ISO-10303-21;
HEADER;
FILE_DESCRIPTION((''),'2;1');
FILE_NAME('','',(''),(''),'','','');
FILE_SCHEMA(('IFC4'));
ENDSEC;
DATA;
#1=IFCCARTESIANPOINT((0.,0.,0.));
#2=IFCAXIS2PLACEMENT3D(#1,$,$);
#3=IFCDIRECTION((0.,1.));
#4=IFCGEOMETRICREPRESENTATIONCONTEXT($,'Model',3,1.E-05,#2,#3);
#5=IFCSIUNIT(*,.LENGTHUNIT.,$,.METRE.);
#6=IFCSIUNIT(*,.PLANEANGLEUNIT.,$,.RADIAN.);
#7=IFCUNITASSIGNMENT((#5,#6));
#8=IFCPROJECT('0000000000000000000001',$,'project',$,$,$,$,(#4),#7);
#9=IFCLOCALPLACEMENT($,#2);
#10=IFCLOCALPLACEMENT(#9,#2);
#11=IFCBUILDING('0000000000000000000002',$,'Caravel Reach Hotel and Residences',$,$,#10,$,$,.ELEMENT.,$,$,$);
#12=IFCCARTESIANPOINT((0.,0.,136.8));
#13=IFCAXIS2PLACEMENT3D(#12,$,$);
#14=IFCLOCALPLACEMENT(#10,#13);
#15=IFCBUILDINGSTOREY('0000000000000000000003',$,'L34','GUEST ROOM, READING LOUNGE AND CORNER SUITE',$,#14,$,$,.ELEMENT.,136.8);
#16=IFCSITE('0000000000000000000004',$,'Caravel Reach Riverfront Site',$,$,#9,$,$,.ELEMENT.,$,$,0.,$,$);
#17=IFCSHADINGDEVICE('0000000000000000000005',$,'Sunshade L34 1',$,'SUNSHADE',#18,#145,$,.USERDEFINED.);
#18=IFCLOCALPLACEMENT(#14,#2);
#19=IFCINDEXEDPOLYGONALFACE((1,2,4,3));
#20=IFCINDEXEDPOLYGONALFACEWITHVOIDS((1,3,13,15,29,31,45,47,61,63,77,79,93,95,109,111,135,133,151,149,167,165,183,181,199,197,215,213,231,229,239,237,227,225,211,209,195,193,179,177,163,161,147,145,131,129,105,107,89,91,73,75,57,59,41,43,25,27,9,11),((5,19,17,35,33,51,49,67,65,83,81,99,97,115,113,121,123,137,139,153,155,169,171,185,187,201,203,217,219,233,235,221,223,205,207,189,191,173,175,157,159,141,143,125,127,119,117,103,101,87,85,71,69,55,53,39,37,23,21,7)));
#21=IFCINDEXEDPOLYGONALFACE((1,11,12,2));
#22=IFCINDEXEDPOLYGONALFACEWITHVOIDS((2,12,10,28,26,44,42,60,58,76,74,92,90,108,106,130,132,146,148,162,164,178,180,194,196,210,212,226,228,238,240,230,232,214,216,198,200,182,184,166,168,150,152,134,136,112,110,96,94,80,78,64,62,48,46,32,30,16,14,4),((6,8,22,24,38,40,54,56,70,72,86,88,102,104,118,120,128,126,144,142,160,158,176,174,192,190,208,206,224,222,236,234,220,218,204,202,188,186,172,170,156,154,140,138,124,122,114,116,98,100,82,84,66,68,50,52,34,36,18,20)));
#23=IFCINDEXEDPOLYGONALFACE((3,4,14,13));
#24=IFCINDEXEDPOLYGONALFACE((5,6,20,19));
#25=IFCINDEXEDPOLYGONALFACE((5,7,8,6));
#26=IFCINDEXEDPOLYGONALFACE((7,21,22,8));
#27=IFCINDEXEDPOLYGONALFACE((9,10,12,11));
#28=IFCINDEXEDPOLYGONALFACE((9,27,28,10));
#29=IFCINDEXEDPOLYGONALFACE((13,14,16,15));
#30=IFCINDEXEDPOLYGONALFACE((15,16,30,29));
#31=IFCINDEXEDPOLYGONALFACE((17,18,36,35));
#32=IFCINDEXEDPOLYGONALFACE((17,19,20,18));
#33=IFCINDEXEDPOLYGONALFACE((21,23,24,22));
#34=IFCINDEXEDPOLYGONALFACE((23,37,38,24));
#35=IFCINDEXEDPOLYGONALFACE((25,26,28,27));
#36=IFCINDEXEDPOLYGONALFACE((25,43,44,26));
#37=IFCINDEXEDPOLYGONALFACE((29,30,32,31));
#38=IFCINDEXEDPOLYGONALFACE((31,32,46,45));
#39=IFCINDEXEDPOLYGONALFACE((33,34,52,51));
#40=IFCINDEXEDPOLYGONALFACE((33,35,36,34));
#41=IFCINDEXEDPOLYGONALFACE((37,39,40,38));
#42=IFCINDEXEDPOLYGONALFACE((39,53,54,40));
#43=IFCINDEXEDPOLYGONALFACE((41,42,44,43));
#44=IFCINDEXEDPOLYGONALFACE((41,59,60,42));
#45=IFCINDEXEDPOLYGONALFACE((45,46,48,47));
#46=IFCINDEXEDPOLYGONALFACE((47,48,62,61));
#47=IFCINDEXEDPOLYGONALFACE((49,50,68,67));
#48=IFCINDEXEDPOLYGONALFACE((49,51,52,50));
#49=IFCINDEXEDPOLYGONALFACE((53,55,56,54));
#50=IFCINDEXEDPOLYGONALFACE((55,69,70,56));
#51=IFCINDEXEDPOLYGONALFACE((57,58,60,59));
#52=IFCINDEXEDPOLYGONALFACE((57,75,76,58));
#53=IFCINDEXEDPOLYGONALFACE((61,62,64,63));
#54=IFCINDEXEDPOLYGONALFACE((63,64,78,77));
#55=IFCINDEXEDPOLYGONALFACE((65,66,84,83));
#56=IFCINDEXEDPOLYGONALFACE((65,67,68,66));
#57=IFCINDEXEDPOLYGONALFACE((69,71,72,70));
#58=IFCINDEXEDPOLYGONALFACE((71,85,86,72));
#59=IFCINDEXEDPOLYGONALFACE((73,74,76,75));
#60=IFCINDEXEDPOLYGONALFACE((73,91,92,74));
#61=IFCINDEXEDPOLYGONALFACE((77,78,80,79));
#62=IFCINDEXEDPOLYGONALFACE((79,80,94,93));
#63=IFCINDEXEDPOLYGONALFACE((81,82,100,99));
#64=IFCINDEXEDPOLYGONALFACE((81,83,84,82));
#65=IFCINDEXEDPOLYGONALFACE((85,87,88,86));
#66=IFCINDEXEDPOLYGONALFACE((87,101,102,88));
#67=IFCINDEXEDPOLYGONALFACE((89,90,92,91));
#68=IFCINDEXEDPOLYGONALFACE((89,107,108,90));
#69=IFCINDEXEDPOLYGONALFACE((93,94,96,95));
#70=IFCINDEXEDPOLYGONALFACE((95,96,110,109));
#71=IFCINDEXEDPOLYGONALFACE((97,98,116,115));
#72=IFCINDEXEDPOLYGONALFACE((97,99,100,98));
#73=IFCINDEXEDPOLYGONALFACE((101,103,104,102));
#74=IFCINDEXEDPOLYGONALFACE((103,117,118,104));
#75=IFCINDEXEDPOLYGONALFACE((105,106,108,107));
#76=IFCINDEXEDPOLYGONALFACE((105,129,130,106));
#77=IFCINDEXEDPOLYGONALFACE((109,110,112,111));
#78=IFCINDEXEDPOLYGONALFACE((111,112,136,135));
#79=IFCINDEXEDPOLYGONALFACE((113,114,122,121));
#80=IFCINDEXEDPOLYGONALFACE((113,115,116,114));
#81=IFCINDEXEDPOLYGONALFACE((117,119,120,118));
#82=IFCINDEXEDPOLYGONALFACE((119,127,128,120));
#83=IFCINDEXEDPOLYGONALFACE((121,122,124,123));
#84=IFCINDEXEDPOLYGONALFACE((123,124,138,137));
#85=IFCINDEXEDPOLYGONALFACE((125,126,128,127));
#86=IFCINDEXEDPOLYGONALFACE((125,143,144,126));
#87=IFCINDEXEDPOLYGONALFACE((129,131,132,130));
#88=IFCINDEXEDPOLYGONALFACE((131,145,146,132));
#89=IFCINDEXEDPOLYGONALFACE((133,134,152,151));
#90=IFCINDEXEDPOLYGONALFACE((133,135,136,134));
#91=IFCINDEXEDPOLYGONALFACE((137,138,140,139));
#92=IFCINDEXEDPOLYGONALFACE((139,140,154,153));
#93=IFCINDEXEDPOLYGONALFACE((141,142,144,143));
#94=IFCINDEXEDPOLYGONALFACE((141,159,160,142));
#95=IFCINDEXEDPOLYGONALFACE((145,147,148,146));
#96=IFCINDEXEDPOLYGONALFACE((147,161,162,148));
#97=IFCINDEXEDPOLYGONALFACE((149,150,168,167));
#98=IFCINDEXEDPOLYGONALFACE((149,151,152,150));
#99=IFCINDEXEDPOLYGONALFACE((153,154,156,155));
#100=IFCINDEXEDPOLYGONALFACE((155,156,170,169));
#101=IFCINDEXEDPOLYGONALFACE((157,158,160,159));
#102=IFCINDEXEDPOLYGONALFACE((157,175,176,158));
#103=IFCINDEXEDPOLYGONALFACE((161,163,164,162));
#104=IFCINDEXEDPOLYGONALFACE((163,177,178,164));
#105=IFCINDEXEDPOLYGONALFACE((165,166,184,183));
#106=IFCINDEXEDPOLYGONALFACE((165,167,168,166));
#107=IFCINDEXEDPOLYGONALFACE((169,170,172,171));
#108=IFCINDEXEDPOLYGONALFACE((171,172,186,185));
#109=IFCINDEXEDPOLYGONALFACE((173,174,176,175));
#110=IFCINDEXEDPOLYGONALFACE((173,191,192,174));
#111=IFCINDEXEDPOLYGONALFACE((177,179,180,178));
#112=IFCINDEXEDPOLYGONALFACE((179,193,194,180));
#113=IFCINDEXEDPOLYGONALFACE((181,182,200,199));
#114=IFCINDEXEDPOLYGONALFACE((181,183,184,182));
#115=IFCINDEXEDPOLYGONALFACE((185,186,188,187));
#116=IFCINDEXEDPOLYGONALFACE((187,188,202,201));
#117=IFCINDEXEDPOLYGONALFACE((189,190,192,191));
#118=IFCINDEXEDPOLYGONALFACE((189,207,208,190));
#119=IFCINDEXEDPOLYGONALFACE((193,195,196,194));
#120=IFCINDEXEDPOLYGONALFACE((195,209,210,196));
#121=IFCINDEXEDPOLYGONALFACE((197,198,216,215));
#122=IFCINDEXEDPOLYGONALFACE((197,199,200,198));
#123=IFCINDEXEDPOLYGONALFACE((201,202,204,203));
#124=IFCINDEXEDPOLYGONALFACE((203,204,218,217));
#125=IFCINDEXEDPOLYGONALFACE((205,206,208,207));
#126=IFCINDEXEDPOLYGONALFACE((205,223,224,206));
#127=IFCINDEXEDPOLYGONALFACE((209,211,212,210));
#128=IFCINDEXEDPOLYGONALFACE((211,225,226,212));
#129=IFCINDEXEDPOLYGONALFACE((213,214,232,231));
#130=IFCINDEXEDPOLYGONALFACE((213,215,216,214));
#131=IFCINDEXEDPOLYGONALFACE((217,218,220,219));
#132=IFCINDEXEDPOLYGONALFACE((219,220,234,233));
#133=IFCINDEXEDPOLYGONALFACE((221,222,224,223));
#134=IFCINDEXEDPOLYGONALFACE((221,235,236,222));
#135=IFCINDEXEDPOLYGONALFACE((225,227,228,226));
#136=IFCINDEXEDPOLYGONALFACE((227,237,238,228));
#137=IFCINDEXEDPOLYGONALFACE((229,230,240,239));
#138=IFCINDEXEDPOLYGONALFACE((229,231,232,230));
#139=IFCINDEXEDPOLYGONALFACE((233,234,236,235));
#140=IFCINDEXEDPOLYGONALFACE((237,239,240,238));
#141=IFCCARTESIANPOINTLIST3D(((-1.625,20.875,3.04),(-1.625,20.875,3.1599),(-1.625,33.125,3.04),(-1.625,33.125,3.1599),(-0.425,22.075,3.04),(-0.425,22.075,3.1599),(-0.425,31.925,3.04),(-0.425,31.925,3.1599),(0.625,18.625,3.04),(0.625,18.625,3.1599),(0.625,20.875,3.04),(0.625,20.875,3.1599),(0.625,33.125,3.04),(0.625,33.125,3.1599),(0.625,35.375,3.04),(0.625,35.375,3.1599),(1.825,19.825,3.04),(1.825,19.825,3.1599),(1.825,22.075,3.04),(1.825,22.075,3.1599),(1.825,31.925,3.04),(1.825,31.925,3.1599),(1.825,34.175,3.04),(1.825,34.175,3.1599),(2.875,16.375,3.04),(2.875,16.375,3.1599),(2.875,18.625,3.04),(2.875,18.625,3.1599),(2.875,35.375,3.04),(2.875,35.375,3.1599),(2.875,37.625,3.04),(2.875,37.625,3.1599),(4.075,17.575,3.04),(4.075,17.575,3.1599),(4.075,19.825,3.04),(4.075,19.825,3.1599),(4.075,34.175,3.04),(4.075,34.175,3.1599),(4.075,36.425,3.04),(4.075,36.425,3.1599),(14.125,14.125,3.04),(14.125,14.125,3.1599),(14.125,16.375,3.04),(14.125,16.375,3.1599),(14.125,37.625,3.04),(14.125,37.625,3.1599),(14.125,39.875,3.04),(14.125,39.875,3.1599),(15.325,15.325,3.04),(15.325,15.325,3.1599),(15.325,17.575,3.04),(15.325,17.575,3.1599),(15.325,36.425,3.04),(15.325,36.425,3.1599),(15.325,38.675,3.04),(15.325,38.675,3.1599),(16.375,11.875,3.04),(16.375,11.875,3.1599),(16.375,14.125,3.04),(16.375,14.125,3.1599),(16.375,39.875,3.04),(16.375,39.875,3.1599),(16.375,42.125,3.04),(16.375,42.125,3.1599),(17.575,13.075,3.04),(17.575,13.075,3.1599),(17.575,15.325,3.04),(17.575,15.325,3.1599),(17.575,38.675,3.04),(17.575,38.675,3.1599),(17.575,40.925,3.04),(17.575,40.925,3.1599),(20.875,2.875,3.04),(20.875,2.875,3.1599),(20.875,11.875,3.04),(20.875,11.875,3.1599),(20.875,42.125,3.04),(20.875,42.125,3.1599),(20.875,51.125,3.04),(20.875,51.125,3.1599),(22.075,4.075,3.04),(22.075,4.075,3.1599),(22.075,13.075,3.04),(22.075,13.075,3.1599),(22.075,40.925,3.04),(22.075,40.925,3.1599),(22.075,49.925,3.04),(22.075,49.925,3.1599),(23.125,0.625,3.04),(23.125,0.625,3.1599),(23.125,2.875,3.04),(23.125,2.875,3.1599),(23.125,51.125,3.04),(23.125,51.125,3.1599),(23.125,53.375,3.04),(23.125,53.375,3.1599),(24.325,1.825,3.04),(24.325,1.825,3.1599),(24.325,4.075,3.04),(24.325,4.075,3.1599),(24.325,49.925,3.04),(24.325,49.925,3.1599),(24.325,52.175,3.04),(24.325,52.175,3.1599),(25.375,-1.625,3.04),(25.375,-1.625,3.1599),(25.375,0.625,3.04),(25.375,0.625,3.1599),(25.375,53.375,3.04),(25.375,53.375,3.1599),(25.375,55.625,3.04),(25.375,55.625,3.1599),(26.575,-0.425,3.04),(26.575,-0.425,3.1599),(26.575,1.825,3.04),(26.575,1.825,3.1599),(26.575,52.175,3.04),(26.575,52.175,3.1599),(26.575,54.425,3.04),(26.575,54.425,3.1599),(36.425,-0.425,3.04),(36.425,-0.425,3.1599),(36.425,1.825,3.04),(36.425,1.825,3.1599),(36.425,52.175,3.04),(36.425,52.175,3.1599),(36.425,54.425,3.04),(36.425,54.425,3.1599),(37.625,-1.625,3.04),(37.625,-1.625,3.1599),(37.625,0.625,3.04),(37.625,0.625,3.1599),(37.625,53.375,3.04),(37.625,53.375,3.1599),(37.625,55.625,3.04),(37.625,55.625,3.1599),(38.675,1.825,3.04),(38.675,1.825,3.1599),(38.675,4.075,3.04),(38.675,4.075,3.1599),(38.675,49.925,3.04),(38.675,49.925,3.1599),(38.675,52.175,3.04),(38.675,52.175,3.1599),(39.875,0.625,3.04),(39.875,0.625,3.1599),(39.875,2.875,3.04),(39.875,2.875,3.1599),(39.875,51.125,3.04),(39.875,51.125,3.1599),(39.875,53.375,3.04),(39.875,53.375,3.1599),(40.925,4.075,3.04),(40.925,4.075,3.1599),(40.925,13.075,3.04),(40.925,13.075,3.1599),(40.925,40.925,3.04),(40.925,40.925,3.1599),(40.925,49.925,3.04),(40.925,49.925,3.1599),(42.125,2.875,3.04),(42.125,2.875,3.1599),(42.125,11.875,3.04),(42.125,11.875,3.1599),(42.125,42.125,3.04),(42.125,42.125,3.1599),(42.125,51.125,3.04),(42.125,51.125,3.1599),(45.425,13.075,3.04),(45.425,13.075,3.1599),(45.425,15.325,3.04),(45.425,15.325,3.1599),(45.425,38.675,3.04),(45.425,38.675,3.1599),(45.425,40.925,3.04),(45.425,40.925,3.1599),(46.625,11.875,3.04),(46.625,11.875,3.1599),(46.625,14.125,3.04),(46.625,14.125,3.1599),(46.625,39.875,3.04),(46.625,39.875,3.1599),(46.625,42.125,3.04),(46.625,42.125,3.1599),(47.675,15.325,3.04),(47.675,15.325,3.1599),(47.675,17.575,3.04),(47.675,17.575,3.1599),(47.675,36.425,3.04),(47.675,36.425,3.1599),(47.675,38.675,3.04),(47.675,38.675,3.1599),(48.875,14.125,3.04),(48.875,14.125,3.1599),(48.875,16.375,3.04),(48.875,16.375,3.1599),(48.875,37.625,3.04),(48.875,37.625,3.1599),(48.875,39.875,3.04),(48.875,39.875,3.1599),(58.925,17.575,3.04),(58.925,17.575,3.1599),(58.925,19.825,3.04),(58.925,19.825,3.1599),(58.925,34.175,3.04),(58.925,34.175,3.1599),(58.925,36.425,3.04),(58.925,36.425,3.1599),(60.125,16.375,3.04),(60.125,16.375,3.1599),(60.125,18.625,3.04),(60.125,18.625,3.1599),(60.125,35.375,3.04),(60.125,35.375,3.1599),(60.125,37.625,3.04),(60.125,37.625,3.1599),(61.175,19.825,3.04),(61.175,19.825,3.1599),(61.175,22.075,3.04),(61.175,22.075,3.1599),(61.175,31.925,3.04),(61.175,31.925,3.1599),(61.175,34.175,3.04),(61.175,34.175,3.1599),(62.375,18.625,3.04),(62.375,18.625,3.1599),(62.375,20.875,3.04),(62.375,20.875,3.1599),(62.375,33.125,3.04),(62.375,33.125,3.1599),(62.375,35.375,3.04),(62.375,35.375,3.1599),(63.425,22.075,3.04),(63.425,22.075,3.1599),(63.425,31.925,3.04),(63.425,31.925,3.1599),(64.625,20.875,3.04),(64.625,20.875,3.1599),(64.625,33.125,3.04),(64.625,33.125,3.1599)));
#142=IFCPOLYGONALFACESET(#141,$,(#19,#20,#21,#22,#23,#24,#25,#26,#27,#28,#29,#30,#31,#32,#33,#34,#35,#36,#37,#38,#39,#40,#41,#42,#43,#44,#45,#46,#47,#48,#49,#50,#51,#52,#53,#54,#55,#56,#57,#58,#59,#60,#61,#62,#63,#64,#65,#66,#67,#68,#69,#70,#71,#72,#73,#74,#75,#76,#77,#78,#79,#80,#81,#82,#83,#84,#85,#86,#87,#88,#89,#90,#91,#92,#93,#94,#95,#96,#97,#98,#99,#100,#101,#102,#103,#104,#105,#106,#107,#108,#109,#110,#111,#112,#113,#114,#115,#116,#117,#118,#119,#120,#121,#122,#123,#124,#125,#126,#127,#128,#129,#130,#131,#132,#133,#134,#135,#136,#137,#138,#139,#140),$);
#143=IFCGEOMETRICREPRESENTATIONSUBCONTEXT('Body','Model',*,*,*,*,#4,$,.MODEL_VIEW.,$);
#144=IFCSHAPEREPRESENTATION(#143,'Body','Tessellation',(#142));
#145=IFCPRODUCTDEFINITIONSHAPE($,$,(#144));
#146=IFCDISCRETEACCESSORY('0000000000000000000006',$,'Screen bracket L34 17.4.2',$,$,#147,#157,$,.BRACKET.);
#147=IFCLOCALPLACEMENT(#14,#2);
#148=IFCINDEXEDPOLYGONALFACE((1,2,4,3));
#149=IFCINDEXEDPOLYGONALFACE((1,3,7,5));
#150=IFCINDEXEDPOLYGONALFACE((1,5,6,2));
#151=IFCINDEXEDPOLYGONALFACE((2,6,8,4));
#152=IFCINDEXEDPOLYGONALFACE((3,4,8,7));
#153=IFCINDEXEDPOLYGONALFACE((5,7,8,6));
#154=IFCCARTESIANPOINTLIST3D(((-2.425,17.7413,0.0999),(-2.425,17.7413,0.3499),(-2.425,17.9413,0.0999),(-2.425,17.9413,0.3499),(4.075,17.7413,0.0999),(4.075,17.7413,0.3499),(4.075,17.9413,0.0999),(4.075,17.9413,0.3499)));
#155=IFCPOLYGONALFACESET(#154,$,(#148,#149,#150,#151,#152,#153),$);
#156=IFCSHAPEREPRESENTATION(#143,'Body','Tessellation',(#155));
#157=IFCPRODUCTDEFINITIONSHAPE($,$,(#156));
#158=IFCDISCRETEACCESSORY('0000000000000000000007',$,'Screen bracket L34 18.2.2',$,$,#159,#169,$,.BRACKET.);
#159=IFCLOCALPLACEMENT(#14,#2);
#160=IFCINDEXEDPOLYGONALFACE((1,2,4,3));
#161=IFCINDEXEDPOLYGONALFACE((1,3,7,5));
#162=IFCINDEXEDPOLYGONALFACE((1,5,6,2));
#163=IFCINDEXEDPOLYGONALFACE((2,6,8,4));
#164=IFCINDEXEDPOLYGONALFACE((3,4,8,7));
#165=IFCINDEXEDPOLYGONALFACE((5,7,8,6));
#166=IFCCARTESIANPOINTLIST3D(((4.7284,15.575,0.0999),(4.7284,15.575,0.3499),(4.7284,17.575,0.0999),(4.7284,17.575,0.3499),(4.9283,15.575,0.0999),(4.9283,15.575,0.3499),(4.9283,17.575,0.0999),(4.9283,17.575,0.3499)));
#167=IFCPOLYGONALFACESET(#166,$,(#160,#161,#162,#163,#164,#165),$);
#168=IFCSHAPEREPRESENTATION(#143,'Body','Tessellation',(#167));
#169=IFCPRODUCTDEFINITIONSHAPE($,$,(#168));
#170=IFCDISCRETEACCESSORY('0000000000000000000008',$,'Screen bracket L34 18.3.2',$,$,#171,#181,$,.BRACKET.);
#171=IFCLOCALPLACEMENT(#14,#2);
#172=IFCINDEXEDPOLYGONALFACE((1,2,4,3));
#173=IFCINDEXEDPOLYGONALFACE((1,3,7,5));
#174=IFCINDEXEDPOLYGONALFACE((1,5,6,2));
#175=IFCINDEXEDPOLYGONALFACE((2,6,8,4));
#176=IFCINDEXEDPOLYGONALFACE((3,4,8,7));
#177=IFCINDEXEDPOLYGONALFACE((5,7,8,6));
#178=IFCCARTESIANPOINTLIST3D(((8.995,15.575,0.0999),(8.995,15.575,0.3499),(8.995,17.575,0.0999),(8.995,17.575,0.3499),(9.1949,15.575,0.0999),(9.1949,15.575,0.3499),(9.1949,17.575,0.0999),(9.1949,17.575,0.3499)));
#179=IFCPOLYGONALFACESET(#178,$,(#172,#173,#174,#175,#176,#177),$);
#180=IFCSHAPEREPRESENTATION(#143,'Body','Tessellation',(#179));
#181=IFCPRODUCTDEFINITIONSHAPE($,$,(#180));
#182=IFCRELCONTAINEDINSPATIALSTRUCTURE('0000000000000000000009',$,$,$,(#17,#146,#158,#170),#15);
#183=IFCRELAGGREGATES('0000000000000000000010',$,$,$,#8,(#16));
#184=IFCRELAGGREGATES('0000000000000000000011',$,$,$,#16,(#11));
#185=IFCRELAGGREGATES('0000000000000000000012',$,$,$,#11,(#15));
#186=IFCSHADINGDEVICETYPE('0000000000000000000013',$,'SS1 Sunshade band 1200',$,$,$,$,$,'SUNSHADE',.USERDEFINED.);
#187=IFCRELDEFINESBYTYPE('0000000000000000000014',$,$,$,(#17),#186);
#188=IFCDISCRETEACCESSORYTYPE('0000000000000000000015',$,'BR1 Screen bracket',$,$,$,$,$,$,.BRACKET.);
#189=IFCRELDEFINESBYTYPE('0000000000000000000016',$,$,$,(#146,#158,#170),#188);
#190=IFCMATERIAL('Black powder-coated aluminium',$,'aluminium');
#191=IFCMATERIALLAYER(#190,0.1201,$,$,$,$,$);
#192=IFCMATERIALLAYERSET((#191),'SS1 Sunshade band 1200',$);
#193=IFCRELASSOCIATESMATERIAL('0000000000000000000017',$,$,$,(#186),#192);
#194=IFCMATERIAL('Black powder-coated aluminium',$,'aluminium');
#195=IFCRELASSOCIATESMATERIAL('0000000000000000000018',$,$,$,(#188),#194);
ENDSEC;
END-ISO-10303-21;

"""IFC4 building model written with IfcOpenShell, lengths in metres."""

from ifc_helpers import new_model, si_unit, direction, frame, origin, origin_2d, place, context, subcontext, project, spatial, polyline, rectangle, outline, extrude, material, layer, layer_set, type_object, element, save


model = new_model("IFC4")

# Units and contexts
model_context = context("Model", 3, precision=1e-05, world=origin(), true_north=direction((0.0, 1.0)))
body_context = subcontext(model_context, "Body", "Model", "MODEL_VIEW")
ifc_project = project(units=[si_unit("LENGTHUNIT", "METRE"), si_unit("PLANEANGLEUNIT", "RADIAN")], contexts=[model_context])

# Site, building, storey
site_placement = place(None, origin())
site = spatial("IfcSite", under=ifc_project, at=site_placement, Name="Caravel Reach Riverfront Site", CompositionType="ELEMENT", RefElevation=0.0)
building_placement = place(site_placement, origin())
building = spatial("IfcBuilding", under=site, at=building_placement, Name="Caravel Reach Hotel and Residences", CompositionType="ELEMENT")
storey_placement = place(building_placement, frame((0.0, 0.0, 136.8)))
storey = spatial("IfcBuildingStorey", under=building, at=storey_placement, Name="L34", Description="GUEST ROOM, READING LOUNGE AND CORNER SUITE", CompositionType="ELEMENT", Elevation=136.8)

# Shading device
ifc_material_1 = material(Name="Black powder-coated aluminium", Category="aluminium")
ifc_layer_1 = layer(ifc_material_1, 0.1201)
ifc_layer_set_1 = layer_set([ifc_layer_1], Name="SS1 Sunshade band 1200")
shading_device_type = type_object("IfcShadingDeviceType", Name="SS1 Sunshade band 1200", ElementType="SUNSHADE", PredefinedType="USERDEFINED", material=ifc_layer_set_1)
shading_device_placement = place(storey_placement, frame((0.0, 0.0, 3.04)))
element("IfcShadingDevice", 1, at=shading_device_placement, inside=storey, type_object=shading_device_type, Name="Sunshade L34 1", ObjectType="SUNSHADE", PredefinedType="USERDEFINED", context=body_context, shape_type="SweptSolid", body=[
    extrude(outline(polyline([(20.875, 11.875), (20.875, 2.875), (23.125, 2.875), (23.125, 0.625), (25.375, 0.625), (25.375, -1.625), (37.625, -1.625), (37.625, 0.625), (39.875, 0.625), (39.875, 2.875), (42.125, 2.875), (42.125, 11.875), (46.625, 11.875), (46.625, 14.125), (48.875, 14.125), (48.875, 16.375), (60.125, 16.375), (60.125, 18.625), (62.375, 18.625), (62.375, 20.875), (64.625, 20.875), (64.625, 33.125), (62.375, 33.125), (62.375, 35.375), (60.125, 35.375), (60.125, 37.625), (48.875, 37.625), (48.875, 39.875), (46.625, 39.875), (46.625, 42.125), (42.125, 42.125), (42.125, 51.125), (39.875, 51.125), (39.875, 53.375), (37.625, 53.375), (37.625, 55.625), (25.375, 55.625), (25.375, 53.375), (23.125, 53.375), (23.125, 51.125), (20.875, 51.125), (20.875, 42.125), (16.375, 42.125), (16.375, 39.875), (14.125, 39.875), (14.125, 37.625), (2.875, 37.625), (2.875, 35.375), (0.625, 35.375), (0.625, 33.125), (-1.625, 33.125), (-1.625, 20.875), (0.625, 20.875), (0.625, 18.625), (2.875, 18.625), (2.875, 16.375), (14.125, 16.375), (14.125, 14.125), (16.375, 14.125), (16.375, 11.875), (20.875, 11.875)]), holes=[polyline([(24.325, 4.075), (22.075, 4.075), (22.075, 13.075), (17.575, 13.075), (17.575, 15.325), (15.325, 15.325), (15.325, 17.575), (4.075, 17.575), (4.075, 19.825), (1.825, 19.825), (1.825, 22.075), (-0.425, 22.075), (-0.425, 31.925), (1.825, 31.925), (1.825, 34.175), (4.075, 34.175), (4.075, 36.425), (15.325, 36.425), (15.325, 38.675), (17.575, 38.675), (17.575, 40.925), (22.075, 40.925), (22.075, 49.925), (24.325, 49.925), (24.325, 52.175), (26.575, 52.175), (26.575, 54.425), (36.425, 54.425), (36.425, 52.175), (38.675, 52.175), (38.675, 49.925), (40.925, 49.925), (40.925, 40.925), (45.425, 40.925), (45.425, 38.675), (47.675, 38.675), (47.675, 36.425), (58.925, 36.425), (58.925, 34.175), (61.175, 34.175), (61.175, 31.925), (63.425, 31.925), (63.425, 22.075), (61.175, 22.075), (61.175, 19.825), (58.925, 19.825), (58.925, 17.575), (47.675, 17.575), (47.675, 15.325), (45.425, 15.325), (45.425, 13.075), (40.925, 13.075), (40.925, 4.075), (38.675, 4.075), (38.675, 1.825), (36.425, 1.825), (36.425, -0.425), (26.575, -0.425), (26.575, 1.825), (24.325, 1.825), (24.325, 4.075)])]), origin(), (0.0, 0.0, 1.0), 0.1199),
])

# Discrete accessories
ifc_material_2 = material(Name="Black powder-coated aluminium", Category="aluminium")
discrete_accessory_type = type_object("IfcDiscreteAccessoryType", Name="BR1 Screen bracket", PredefinedType="BRACKET", material=ifc_material_2)
discrete_accessory_1_placement = place(storey_placement, frame((0.825, 17.8413, 0.0999), z_axis=(0.0, 0.0, 1.0), x_axis=(-1.0, 0.0, 0.0)))
element("IfcDiscreteAccessory", 2, at=discrete_accessory_1_placement, inside=storey, type_object=discrete_accessory_type, Name="Screen bracket L34 17.4.2", PredefinedType="BRACKET", context=body_context, shape_type="SweptSolid", body=[
    extrude(rectangle(XDim=6.5, YDim=0.2, at=origin_2d()), origin(), (0.0, 0.0, 1.0), 0.25),
])
for number, where, z_axis, x_axis, name in (
    (3, (4.8284, 16.575, 0.0999), (0.0, 0.0, 1.0), (0.0, -1.0, 0.0), "Screen bracket L34 18.2.2"),
    (4, (9.095, 16.575, 0.0999), (0.0, 0.0, 1.0), (0.0, -1.0, 0.0), "Screen bracket L34 18.3.2"),
):
    element("IfcDiscreteAccessory", number, at=place(storey_placement, frame(where, z_axis=z_axis, x_axis=x_axis)), inside=storey, type_object=discrete_accessory_type, Name=name, PredefinedType="BRACKET", context=body_context, shape_type="SweptSolid", body=[
        extrude(rectangle(XDim=2.0, YDim=0.2, at=origin_2d()), origin(), (0.0, 0.0, 1.0), 0.25),
    ])

save(model, "model.ifc")
